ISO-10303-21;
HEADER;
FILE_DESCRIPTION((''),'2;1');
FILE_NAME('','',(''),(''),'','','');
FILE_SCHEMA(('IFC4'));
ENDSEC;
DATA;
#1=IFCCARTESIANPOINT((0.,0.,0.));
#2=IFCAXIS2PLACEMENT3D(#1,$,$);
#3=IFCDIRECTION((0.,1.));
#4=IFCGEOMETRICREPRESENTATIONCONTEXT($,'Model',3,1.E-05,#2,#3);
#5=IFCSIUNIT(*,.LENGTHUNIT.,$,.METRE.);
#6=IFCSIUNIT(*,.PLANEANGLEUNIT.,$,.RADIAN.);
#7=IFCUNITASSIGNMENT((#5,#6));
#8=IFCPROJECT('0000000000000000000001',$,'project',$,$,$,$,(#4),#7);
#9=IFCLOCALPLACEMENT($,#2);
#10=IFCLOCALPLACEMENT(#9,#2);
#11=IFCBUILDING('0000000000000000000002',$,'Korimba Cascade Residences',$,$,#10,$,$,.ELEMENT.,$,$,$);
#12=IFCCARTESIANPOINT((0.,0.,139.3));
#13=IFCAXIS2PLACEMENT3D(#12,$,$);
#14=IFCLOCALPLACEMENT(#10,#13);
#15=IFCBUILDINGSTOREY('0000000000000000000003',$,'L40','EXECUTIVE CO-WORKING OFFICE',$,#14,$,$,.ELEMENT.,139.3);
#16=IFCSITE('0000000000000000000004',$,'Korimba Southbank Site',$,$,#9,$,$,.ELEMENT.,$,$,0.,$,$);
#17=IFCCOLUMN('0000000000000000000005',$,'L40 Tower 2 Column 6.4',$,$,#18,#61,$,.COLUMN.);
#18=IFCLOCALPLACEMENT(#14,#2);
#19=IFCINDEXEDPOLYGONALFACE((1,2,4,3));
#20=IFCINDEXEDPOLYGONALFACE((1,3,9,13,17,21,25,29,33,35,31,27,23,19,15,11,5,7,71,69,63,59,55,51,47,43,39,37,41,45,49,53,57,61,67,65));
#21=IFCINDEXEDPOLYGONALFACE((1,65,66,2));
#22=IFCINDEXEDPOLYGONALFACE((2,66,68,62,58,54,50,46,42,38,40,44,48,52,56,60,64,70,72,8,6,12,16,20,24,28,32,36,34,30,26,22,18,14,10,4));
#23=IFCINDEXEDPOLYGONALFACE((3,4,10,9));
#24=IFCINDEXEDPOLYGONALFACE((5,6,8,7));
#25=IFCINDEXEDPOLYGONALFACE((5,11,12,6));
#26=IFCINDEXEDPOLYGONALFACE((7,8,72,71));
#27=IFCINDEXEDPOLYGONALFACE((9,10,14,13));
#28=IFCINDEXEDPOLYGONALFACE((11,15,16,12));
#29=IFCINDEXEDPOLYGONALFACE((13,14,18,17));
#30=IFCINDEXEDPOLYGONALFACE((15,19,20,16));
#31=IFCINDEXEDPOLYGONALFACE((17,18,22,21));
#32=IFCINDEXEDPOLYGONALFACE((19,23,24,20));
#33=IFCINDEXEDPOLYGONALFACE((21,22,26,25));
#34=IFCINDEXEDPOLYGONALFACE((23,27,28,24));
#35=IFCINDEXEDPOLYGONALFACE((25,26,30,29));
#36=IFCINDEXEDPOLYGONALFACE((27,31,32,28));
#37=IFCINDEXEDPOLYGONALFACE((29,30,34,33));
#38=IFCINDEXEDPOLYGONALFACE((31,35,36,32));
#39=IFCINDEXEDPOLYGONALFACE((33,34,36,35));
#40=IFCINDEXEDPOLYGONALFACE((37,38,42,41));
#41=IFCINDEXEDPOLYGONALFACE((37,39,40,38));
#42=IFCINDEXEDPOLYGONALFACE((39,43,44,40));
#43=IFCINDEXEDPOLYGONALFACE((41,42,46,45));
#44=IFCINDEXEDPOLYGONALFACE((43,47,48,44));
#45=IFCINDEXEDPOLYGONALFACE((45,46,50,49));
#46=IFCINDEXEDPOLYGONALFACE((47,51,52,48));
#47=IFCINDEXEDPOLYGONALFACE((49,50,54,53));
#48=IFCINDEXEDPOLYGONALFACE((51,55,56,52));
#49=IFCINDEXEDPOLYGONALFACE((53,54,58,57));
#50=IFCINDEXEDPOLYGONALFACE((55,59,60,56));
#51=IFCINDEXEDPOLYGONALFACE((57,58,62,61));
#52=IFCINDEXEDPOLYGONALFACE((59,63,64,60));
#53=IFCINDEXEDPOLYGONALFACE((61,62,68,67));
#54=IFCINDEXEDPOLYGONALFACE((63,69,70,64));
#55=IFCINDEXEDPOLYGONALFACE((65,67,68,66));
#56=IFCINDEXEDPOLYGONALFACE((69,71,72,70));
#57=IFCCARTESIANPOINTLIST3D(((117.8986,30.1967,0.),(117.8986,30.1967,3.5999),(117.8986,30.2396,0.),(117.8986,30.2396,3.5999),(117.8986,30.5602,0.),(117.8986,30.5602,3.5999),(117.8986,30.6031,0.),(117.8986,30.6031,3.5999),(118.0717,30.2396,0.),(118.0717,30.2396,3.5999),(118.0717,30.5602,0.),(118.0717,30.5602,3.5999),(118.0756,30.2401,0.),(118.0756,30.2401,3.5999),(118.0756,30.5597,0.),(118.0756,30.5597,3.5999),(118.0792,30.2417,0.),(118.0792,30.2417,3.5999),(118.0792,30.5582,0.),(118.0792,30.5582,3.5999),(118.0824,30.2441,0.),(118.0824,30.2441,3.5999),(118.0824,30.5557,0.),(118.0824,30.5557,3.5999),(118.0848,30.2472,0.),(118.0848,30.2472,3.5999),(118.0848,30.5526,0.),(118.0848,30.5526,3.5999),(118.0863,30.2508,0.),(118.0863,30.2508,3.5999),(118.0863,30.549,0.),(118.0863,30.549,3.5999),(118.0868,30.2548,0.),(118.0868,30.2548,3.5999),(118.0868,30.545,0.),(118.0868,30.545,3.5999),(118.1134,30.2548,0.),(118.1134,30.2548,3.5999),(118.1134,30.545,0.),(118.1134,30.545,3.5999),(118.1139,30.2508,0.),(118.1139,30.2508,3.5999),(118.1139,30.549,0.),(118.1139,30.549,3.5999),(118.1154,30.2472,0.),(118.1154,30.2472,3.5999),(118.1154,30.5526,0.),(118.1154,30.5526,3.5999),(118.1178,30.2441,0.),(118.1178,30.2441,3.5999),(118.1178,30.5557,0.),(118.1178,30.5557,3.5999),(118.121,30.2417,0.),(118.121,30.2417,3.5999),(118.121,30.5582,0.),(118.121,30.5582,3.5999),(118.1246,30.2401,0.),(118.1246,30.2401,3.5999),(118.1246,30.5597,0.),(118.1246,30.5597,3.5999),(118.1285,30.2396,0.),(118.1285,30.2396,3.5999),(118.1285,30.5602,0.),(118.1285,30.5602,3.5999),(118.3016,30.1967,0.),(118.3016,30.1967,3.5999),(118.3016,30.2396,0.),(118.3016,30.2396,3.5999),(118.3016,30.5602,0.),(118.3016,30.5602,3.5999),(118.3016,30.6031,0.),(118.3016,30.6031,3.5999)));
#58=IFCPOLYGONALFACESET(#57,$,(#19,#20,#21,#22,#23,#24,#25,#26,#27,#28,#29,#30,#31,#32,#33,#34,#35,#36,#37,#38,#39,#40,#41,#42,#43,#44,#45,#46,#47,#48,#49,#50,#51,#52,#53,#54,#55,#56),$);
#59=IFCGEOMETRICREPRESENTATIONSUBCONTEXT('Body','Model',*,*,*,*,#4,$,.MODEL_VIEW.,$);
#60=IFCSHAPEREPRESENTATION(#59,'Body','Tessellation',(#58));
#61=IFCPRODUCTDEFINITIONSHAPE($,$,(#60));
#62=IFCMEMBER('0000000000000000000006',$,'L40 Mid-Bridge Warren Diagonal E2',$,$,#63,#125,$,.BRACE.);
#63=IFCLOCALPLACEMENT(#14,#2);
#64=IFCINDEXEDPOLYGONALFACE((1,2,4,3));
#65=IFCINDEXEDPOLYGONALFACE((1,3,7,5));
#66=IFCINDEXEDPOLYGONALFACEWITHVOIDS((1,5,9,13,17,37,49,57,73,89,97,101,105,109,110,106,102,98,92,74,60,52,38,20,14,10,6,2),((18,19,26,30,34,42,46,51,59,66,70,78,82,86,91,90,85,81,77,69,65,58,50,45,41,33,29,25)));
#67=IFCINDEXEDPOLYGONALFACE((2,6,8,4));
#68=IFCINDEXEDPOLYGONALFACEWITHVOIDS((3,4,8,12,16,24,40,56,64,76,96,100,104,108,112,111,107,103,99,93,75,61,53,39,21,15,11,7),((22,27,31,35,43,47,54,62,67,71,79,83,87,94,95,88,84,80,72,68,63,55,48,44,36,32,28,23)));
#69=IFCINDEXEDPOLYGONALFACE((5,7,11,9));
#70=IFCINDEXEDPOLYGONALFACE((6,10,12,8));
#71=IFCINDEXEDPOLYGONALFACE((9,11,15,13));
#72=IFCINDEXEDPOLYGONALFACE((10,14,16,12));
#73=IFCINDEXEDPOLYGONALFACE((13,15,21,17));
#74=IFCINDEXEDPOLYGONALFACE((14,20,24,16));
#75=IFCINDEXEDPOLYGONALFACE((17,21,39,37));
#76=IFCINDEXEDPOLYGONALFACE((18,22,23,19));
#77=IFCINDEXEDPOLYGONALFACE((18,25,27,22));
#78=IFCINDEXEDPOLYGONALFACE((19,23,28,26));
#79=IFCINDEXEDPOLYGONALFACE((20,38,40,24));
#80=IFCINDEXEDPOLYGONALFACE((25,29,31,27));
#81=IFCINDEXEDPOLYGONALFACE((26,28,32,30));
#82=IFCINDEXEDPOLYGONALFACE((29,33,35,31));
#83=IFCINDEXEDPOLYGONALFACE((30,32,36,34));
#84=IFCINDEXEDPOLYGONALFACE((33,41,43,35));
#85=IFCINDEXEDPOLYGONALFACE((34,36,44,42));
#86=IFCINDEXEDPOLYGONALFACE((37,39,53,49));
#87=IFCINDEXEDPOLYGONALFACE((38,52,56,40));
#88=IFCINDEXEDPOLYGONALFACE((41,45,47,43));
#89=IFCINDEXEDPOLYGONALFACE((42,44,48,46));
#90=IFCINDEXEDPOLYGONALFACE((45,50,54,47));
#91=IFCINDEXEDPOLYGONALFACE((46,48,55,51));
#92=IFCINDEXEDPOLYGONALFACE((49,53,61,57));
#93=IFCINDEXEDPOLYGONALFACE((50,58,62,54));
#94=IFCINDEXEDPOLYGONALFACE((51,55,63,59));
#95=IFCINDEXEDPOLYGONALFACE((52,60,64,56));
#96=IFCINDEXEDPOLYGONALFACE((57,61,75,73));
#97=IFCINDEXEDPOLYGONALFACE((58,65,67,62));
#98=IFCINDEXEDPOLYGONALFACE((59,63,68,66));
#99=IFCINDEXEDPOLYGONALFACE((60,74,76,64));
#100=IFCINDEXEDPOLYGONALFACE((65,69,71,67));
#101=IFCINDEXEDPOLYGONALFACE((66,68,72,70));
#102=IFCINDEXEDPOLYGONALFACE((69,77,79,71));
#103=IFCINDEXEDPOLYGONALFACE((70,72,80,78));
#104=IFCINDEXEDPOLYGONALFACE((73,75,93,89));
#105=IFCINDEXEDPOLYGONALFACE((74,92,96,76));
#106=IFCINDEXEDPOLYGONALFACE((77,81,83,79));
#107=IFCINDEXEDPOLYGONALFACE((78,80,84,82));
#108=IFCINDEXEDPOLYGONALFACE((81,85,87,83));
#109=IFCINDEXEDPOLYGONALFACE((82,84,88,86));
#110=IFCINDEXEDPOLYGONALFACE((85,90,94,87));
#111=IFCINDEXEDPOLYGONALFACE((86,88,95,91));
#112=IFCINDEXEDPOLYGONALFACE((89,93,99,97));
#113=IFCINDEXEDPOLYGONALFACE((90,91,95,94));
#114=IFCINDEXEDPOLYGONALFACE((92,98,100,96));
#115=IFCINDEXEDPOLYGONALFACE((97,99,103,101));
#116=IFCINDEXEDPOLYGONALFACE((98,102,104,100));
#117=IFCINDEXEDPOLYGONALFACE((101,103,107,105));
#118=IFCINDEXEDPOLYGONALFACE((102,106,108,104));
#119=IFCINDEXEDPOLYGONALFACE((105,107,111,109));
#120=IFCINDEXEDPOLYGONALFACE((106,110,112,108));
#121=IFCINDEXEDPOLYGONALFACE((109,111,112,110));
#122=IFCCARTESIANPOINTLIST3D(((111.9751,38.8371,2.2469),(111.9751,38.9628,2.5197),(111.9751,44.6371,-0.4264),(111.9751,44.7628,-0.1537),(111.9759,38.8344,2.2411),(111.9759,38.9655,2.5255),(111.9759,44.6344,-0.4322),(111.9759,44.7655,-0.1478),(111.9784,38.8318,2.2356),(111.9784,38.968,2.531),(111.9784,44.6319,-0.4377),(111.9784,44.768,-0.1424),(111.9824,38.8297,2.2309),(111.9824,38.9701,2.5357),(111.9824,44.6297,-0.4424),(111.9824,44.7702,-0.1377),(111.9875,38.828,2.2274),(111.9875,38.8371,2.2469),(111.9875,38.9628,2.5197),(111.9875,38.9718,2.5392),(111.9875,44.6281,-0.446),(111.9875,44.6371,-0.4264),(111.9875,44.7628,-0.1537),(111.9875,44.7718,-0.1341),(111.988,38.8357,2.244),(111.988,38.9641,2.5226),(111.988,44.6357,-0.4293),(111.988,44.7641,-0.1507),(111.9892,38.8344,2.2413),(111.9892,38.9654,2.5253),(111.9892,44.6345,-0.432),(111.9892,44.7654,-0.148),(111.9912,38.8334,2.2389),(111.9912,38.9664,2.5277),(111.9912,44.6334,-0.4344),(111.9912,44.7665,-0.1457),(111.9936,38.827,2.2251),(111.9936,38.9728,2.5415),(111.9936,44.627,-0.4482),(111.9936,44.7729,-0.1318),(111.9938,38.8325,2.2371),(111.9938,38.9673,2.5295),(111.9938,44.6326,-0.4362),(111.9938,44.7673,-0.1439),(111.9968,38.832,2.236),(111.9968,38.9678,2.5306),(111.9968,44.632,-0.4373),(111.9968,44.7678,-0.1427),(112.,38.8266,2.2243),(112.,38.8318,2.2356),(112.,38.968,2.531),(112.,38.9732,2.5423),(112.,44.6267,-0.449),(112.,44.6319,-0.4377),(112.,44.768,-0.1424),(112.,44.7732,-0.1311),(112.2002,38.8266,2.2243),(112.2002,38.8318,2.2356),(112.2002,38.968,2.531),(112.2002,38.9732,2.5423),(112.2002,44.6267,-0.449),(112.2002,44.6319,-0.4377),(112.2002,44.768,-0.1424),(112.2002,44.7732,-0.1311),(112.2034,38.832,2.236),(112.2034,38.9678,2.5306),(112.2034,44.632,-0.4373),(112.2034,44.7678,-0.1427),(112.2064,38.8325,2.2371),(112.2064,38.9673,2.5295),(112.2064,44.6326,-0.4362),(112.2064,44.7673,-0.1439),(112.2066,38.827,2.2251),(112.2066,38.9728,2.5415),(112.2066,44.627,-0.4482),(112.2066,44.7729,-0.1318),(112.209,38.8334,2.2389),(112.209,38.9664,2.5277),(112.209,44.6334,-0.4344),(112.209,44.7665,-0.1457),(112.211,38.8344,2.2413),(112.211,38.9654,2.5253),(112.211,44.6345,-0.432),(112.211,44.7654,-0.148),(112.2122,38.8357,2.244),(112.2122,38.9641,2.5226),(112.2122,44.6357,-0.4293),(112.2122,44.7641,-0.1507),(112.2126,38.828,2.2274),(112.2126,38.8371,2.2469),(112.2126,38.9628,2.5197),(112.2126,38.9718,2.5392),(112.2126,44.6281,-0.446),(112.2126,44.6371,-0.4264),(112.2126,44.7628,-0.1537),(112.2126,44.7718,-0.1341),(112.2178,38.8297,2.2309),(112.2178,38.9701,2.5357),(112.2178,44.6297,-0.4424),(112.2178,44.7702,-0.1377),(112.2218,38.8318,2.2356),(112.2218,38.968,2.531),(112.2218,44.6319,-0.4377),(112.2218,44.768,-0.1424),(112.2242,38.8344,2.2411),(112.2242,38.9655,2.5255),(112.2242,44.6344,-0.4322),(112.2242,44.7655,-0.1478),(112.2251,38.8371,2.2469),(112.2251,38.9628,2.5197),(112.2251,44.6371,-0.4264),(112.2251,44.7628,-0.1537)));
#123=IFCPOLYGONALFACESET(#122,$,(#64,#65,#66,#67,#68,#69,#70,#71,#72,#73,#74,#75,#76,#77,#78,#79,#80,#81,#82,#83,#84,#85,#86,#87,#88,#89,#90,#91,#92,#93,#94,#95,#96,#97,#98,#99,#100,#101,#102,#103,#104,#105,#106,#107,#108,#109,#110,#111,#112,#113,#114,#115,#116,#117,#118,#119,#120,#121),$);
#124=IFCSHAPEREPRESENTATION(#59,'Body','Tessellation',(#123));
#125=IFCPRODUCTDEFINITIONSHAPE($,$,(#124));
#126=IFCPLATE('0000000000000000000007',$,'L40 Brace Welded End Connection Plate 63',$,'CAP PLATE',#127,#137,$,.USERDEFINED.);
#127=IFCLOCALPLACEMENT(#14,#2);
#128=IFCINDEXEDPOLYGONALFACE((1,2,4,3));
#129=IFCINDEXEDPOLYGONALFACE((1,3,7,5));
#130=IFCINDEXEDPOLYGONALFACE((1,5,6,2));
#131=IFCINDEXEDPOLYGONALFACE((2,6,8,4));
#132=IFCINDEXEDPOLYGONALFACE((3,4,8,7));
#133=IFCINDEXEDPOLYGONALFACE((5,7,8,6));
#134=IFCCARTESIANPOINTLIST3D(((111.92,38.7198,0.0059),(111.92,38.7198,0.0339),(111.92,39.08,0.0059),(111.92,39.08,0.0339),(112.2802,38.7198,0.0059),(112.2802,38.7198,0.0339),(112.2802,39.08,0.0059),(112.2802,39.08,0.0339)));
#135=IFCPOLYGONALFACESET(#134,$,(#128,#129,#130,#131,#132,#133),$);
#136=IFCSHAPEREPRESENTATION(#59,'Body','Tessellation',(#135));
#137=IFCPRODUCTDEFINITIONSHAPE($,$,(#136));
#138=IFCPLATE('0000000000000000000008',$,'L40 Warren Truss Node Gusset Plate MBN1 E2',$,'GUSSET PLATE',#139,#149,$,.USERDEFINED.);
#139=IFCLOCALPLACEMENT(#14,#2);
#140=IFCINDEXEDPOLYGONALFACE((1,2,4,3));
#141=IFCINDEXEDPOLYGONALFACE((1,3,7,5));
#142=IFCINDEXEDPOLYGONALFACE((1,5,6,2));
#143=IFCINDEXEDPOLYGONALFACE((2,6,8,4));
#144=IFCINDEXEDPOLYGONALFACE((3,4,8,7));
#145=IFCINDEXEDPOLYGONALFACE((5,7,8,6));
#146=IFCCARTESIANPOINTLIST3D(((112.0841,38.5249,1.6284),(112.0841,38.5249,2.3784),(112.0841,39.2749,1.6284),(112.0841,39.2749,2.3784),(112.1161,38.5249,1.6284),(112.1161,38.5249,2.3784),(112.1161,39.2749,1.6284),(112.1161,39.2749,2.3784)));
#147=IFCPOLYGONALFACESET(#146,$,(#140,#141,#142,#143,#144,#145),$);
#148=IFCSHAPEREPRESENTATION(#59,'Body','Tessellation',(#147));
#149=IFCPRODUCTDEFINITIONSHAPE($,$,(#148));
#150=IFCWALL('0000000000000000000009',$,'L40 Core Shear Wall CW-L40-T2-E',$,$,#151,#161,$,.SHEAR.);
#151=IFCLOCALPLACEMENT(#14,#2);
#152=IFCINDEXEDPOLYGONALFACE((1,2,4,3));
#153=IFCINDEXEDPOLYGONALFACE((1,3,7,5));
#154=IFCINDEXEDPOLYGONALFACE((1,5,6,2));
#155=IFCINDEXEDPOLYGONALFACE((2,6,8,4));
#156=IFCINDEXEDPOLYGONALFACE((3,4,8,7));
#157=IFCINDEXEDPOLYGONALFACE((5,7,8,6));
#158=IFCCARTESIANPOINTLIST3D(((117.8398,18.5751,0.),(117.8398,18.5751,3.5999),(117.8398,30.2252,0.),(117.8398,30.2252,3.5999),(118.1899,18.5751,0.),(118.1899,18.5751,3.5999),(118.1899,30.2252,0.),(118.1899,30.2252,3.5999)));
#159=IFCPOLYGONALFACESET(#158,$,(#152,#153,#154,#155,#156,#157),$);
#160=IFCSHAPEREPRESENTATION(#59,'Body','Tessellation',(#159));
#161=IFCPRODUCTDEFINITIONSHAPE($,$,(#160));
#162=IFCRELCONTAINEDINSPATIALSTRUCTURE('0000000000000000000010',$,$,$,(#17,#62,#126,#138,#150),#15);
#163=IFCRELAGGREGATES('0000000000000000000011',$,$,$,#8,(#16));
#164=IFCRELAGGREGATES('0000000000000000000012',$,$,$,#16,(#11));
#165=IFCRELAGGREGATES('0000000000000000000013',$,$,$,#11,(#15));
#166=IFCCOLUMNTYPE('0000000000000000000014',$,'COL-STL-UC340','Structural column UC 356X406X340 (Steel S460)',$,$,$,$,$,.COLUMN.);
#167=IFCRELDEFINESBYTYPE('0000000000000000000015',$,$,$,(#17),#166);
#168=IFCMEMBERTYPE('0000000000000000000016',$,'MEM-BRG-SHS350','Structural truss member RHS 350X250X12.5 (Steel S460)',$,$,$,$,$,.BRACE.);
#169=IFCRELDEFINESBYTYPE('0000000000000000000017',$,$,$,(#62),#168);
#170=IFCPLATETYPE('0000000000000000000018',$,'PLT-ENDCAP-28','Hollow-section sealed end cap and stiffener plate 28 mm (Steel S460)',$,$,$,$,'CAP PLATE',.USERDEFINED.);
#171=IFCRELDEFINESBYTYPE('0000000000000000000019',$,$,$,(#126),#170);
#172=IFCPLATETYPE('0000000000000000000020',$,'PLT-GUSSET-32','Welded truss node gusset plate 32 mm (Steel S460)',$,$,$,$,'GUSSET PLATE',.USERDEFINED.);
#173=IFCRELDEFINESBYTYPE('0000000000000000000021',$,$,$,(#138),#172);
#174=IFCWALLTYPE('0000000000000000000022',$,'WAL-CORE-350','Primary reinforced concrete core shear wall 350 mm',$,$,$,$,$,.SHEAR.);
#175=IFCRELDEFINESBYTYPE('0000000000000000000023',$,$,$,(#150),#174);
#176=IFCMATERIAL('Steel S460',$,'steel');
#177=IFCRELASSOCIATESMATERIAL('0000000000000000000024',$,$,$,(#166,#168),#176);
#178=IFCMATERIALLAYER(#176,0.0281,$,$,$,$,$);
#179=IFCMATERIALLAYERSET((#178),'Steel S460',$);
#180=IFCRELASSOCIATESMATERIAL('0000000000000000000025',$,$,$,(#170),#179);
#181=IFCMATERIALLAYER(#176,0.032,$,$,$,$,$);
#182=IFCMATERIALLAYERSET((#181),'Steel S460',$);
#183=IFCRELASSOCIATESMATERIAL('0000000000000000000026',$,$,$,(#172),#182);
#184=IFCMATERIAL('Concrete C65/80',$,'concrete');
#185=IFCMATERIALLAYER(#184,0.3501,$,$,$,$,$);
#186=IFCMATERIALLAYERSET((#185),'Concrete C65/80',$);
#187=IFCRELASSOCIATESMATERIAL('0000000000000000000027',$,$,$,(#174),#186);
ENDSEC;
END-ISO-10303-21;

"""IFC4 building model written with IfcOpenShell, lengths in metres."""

from ifc_helpers import new_model, si_unit, direction, frame, frame_2d, origin, origin_2d, place, context, subcontext, project, spatial, rectangle, hollow_rectangle, i_section, extrude, material, layer, layer_set, material_profile, profile_set, type_object, element, save


model = new_model("IFC4")

# Units and contexts
model_context = context("Model", 3, precision=1e-05, world=origin(), true_north=direction((0.0, 1.0)))
body_context = subcontext(model_context, "Body", "Model", "MODEL_VIEW")
ifc_project = project(units=[si_unit("LENGTHUNIT", "METRE"), si_unit("PLANEANGLEUNIT", "RADIAN")], contexts=[model_context])

# Site, building, storey
site_placement = place(None, origin())
site = spatial("IfcSite", under=ifc_project, at=site_placement, Name="Korimba Southbank Site", CompositionType="ELEMENT", RefElevation=0.0)
building_placement = place(site_placement, origin())
building = spatial("IfcBuilding", under=site, at=building_placement, Name="Korimba Cascade Residences", CompositionType="ELEMENT")
storey_placement = place(building_placement, frame((0.0, 0.0, 139.3)))
storey = spatial("IfcBuildingStorey", under=building, at=storey_placement, Name="L40", Description="EXECUTIVE CO-WORKING OFFICE", CompositionType="ELEMENT", Elevation=139.3)

# Column
ifc_material_1 = material(Name="Steel S460", Category="steel")
ifc_material_profile_1 = material_profile(ifc_material_1, i_section(OverallWidth=0.4031, OverallDepth=0.4065, WebThickness=0.0266, FlangeThickness=0.043, FilletRadius=0.0151, at=origin_2d()), Name="Steel S460")
ifc_profile_set_1 = profile_set([ifc_material_profile_1], Name="Steel S460")
column_type = type_object("IfcColumnType", Name="COL-STL-UC340", Description="Structural column UC 356X406X340 (Steel S460)", PredefinedType="COLUMN", material=ifc_profile_set_1)
column_placement = place(storey_placement, frame((118.1001, 30.3999, 0.0), z_axis=(0.0, 0.0, 1.0), x_axis=(1.0, 0.0, 0.0)))
element("IfcColumn", 1, at=column_placement, inside=storey, type_object=column_type, Name="L40 Tower 2 Column 6.4", PredefinedType="COLUMN", context=body_context, shape_type="SweptSolid", body=[
    extrude(i_section(OverallWidth=0.4031, OverallDepth=0.4065, WebThickness=0.0266, FlangeThickness=0.043, FilletRadius=0.0151, at=origin_2d()), origin(), (0.0, 0.0, 1.0), 3.5999),
])

# Member
ifc_material_profile_2 = material_profile(ifc_material_1, hollow_rectangle(XDim=0.25, YDim=0.3501, WallThickness=0.0125, InnerFilletRadius=0.0125, OuterFilletRadius=0.0249, at=origin_2d()), Name="Steel S460")
ifc_profile_set_2 = profile_set([ifc_material_profile_2], Name="Steel S460")
member_type = type_object("IfcMemberType", Name="MEM-BRG-SHS350", Description="Structural truss member RHS 350X250X12.5 (Steel S460)", PredefinedType="BRACE", material=ifc_profile_set_2)
member_placement = place(storey_placement, frame((112.1001, 38.8999, 2.3833), z_axis=(0.0, 0.908174, -0.418593), x_axis=(-1.0, 0.0, 0.0)))
element("IfcMember", 2, at=member_placement, inside=storey, type_object=member_type, Name="L40 Mid-Bridge Warren Diagonal E2", PredefinedType="BRACE", context=body_context, shape_type="SweptSolid", body=[
    extrude(hollow_rectangle(XDim=0.25, YDim=0.3501, WallThickness=0.0125, InnerFilletRadius=0.0125, OuterFilletRadius=0.0249, at=origin_2d()), origin(), (0.0, 0.0, 1.0), 6.3865),
])

# Plates
ifc_layer_1 = layer(ifc_material_1, 0.0281)
ifc_layer_set_1 = layer_set([ifc_layer_1], Name="Steel S460")
plate_type_1 = type_object("IfcPlateType", Name="PLT-ENDCAP-28", Description="Hollow-section sealed end cap and stiffener plate 28 mm (Steel S460)", ElementType="CAP PLATE", PredefinedType="USERDEFINED", material=ifc_layer_set_1)
plate_1_placement = place(storey_placement, frame((112.1001, 38.8999, 0.0059), z_axis=(0.0, 0.0, 1.0), x_axis=(1.0, 0.0, 0.0)))
element("IfcPlate", 3, at=plate_1_placement, inside=storey, type_object=plate_type_1, Name="L40 Brace Welded End Connection Plate 63", ObjectType="CAP PLATE", PredefinedType="USERDEFINED", context=body_context, shape_type="SweptSolid", body=[
    extrude(rectangle(XDim=0.3601, YDim=0.3601, at=origin_2d()), origin(), (0.0, 0.0, 1.0), 0.0281),
])
ifc_layer_2 = layer(ifc_material_1, 0.032)
ifc_layer_set_2 = layer_set([ifc_layer_2], Name="Steel S460")
plate_type_2 = type_object("IfcPlateType", Name="PLT-GUSSET-32", Description="Welded truss node gusset plate 32 mm (Steel S460)", ElementType="GUSSET PLATE", PredefinedType="USERDEFINED", material=ifc_layer_set_2)
plate_2_placement = place(storey_placement, frame((112.1001, 38.8999, 1.6284), z_axis=(0.0, 0.0, 1.0), x_axis=(1.0, 0.0, 0.0)))
element("IfcPlate", 4, at=plate_2_placement, inside=storey, type_object=plate_type_2, Name="L40 Warren Truss Node Gusset Plate MBN1 E2", ObjectType="GUSSET PLATE", PredefinedType="USERDEFINED", context=body_context, shape_type="SweptSolid", body=[
    extrude(rectangle(XDim=0.032, YDim=0.75, at=origin_2d()), origin(), (0.0, 0.0, 1.0), 0.75),
])

# Wall
ifc_material_2 = material(Name="Concrete C65/80", Category="concrete")
ifc_layer_3 = layer(ifc_material_2, 0.3501)
ifc_layer_set_3 = layer_set([ifc_layer_3], Name="Concrete C65/80")
wall_type_1 = type_object("IfcWallType", Name="WAL-CORE-350", Description="Primary reinforced concrete core shear wall 350 mm", PredefinedType="SHEAR", material=ifc_layer_set_3)
wall_1_placement = place(storey_placement, frame((118.0149, 18.575, 0.0), z_axis=(0.0, 0.0, 1.0), x_axis=(0.0, 1.0, 0.0)))
element("IfcWall", 5, at=wall_1_placement, inside=storey, type_object=wall_type_1, Name="L40 Core Shear Wall CW-L40-T2-E", PredefinedType="SHEAR", context=body_context, shape_type="SweptSolid", body=[
    extrude(rectangle(XDim=11.6501, YDim=0.3501, at=frame_2d((5.8252, 0.0))), origin(), (0.0, 0.0, 1.0), 3.5999),
])

save(model, "model.ifc")
